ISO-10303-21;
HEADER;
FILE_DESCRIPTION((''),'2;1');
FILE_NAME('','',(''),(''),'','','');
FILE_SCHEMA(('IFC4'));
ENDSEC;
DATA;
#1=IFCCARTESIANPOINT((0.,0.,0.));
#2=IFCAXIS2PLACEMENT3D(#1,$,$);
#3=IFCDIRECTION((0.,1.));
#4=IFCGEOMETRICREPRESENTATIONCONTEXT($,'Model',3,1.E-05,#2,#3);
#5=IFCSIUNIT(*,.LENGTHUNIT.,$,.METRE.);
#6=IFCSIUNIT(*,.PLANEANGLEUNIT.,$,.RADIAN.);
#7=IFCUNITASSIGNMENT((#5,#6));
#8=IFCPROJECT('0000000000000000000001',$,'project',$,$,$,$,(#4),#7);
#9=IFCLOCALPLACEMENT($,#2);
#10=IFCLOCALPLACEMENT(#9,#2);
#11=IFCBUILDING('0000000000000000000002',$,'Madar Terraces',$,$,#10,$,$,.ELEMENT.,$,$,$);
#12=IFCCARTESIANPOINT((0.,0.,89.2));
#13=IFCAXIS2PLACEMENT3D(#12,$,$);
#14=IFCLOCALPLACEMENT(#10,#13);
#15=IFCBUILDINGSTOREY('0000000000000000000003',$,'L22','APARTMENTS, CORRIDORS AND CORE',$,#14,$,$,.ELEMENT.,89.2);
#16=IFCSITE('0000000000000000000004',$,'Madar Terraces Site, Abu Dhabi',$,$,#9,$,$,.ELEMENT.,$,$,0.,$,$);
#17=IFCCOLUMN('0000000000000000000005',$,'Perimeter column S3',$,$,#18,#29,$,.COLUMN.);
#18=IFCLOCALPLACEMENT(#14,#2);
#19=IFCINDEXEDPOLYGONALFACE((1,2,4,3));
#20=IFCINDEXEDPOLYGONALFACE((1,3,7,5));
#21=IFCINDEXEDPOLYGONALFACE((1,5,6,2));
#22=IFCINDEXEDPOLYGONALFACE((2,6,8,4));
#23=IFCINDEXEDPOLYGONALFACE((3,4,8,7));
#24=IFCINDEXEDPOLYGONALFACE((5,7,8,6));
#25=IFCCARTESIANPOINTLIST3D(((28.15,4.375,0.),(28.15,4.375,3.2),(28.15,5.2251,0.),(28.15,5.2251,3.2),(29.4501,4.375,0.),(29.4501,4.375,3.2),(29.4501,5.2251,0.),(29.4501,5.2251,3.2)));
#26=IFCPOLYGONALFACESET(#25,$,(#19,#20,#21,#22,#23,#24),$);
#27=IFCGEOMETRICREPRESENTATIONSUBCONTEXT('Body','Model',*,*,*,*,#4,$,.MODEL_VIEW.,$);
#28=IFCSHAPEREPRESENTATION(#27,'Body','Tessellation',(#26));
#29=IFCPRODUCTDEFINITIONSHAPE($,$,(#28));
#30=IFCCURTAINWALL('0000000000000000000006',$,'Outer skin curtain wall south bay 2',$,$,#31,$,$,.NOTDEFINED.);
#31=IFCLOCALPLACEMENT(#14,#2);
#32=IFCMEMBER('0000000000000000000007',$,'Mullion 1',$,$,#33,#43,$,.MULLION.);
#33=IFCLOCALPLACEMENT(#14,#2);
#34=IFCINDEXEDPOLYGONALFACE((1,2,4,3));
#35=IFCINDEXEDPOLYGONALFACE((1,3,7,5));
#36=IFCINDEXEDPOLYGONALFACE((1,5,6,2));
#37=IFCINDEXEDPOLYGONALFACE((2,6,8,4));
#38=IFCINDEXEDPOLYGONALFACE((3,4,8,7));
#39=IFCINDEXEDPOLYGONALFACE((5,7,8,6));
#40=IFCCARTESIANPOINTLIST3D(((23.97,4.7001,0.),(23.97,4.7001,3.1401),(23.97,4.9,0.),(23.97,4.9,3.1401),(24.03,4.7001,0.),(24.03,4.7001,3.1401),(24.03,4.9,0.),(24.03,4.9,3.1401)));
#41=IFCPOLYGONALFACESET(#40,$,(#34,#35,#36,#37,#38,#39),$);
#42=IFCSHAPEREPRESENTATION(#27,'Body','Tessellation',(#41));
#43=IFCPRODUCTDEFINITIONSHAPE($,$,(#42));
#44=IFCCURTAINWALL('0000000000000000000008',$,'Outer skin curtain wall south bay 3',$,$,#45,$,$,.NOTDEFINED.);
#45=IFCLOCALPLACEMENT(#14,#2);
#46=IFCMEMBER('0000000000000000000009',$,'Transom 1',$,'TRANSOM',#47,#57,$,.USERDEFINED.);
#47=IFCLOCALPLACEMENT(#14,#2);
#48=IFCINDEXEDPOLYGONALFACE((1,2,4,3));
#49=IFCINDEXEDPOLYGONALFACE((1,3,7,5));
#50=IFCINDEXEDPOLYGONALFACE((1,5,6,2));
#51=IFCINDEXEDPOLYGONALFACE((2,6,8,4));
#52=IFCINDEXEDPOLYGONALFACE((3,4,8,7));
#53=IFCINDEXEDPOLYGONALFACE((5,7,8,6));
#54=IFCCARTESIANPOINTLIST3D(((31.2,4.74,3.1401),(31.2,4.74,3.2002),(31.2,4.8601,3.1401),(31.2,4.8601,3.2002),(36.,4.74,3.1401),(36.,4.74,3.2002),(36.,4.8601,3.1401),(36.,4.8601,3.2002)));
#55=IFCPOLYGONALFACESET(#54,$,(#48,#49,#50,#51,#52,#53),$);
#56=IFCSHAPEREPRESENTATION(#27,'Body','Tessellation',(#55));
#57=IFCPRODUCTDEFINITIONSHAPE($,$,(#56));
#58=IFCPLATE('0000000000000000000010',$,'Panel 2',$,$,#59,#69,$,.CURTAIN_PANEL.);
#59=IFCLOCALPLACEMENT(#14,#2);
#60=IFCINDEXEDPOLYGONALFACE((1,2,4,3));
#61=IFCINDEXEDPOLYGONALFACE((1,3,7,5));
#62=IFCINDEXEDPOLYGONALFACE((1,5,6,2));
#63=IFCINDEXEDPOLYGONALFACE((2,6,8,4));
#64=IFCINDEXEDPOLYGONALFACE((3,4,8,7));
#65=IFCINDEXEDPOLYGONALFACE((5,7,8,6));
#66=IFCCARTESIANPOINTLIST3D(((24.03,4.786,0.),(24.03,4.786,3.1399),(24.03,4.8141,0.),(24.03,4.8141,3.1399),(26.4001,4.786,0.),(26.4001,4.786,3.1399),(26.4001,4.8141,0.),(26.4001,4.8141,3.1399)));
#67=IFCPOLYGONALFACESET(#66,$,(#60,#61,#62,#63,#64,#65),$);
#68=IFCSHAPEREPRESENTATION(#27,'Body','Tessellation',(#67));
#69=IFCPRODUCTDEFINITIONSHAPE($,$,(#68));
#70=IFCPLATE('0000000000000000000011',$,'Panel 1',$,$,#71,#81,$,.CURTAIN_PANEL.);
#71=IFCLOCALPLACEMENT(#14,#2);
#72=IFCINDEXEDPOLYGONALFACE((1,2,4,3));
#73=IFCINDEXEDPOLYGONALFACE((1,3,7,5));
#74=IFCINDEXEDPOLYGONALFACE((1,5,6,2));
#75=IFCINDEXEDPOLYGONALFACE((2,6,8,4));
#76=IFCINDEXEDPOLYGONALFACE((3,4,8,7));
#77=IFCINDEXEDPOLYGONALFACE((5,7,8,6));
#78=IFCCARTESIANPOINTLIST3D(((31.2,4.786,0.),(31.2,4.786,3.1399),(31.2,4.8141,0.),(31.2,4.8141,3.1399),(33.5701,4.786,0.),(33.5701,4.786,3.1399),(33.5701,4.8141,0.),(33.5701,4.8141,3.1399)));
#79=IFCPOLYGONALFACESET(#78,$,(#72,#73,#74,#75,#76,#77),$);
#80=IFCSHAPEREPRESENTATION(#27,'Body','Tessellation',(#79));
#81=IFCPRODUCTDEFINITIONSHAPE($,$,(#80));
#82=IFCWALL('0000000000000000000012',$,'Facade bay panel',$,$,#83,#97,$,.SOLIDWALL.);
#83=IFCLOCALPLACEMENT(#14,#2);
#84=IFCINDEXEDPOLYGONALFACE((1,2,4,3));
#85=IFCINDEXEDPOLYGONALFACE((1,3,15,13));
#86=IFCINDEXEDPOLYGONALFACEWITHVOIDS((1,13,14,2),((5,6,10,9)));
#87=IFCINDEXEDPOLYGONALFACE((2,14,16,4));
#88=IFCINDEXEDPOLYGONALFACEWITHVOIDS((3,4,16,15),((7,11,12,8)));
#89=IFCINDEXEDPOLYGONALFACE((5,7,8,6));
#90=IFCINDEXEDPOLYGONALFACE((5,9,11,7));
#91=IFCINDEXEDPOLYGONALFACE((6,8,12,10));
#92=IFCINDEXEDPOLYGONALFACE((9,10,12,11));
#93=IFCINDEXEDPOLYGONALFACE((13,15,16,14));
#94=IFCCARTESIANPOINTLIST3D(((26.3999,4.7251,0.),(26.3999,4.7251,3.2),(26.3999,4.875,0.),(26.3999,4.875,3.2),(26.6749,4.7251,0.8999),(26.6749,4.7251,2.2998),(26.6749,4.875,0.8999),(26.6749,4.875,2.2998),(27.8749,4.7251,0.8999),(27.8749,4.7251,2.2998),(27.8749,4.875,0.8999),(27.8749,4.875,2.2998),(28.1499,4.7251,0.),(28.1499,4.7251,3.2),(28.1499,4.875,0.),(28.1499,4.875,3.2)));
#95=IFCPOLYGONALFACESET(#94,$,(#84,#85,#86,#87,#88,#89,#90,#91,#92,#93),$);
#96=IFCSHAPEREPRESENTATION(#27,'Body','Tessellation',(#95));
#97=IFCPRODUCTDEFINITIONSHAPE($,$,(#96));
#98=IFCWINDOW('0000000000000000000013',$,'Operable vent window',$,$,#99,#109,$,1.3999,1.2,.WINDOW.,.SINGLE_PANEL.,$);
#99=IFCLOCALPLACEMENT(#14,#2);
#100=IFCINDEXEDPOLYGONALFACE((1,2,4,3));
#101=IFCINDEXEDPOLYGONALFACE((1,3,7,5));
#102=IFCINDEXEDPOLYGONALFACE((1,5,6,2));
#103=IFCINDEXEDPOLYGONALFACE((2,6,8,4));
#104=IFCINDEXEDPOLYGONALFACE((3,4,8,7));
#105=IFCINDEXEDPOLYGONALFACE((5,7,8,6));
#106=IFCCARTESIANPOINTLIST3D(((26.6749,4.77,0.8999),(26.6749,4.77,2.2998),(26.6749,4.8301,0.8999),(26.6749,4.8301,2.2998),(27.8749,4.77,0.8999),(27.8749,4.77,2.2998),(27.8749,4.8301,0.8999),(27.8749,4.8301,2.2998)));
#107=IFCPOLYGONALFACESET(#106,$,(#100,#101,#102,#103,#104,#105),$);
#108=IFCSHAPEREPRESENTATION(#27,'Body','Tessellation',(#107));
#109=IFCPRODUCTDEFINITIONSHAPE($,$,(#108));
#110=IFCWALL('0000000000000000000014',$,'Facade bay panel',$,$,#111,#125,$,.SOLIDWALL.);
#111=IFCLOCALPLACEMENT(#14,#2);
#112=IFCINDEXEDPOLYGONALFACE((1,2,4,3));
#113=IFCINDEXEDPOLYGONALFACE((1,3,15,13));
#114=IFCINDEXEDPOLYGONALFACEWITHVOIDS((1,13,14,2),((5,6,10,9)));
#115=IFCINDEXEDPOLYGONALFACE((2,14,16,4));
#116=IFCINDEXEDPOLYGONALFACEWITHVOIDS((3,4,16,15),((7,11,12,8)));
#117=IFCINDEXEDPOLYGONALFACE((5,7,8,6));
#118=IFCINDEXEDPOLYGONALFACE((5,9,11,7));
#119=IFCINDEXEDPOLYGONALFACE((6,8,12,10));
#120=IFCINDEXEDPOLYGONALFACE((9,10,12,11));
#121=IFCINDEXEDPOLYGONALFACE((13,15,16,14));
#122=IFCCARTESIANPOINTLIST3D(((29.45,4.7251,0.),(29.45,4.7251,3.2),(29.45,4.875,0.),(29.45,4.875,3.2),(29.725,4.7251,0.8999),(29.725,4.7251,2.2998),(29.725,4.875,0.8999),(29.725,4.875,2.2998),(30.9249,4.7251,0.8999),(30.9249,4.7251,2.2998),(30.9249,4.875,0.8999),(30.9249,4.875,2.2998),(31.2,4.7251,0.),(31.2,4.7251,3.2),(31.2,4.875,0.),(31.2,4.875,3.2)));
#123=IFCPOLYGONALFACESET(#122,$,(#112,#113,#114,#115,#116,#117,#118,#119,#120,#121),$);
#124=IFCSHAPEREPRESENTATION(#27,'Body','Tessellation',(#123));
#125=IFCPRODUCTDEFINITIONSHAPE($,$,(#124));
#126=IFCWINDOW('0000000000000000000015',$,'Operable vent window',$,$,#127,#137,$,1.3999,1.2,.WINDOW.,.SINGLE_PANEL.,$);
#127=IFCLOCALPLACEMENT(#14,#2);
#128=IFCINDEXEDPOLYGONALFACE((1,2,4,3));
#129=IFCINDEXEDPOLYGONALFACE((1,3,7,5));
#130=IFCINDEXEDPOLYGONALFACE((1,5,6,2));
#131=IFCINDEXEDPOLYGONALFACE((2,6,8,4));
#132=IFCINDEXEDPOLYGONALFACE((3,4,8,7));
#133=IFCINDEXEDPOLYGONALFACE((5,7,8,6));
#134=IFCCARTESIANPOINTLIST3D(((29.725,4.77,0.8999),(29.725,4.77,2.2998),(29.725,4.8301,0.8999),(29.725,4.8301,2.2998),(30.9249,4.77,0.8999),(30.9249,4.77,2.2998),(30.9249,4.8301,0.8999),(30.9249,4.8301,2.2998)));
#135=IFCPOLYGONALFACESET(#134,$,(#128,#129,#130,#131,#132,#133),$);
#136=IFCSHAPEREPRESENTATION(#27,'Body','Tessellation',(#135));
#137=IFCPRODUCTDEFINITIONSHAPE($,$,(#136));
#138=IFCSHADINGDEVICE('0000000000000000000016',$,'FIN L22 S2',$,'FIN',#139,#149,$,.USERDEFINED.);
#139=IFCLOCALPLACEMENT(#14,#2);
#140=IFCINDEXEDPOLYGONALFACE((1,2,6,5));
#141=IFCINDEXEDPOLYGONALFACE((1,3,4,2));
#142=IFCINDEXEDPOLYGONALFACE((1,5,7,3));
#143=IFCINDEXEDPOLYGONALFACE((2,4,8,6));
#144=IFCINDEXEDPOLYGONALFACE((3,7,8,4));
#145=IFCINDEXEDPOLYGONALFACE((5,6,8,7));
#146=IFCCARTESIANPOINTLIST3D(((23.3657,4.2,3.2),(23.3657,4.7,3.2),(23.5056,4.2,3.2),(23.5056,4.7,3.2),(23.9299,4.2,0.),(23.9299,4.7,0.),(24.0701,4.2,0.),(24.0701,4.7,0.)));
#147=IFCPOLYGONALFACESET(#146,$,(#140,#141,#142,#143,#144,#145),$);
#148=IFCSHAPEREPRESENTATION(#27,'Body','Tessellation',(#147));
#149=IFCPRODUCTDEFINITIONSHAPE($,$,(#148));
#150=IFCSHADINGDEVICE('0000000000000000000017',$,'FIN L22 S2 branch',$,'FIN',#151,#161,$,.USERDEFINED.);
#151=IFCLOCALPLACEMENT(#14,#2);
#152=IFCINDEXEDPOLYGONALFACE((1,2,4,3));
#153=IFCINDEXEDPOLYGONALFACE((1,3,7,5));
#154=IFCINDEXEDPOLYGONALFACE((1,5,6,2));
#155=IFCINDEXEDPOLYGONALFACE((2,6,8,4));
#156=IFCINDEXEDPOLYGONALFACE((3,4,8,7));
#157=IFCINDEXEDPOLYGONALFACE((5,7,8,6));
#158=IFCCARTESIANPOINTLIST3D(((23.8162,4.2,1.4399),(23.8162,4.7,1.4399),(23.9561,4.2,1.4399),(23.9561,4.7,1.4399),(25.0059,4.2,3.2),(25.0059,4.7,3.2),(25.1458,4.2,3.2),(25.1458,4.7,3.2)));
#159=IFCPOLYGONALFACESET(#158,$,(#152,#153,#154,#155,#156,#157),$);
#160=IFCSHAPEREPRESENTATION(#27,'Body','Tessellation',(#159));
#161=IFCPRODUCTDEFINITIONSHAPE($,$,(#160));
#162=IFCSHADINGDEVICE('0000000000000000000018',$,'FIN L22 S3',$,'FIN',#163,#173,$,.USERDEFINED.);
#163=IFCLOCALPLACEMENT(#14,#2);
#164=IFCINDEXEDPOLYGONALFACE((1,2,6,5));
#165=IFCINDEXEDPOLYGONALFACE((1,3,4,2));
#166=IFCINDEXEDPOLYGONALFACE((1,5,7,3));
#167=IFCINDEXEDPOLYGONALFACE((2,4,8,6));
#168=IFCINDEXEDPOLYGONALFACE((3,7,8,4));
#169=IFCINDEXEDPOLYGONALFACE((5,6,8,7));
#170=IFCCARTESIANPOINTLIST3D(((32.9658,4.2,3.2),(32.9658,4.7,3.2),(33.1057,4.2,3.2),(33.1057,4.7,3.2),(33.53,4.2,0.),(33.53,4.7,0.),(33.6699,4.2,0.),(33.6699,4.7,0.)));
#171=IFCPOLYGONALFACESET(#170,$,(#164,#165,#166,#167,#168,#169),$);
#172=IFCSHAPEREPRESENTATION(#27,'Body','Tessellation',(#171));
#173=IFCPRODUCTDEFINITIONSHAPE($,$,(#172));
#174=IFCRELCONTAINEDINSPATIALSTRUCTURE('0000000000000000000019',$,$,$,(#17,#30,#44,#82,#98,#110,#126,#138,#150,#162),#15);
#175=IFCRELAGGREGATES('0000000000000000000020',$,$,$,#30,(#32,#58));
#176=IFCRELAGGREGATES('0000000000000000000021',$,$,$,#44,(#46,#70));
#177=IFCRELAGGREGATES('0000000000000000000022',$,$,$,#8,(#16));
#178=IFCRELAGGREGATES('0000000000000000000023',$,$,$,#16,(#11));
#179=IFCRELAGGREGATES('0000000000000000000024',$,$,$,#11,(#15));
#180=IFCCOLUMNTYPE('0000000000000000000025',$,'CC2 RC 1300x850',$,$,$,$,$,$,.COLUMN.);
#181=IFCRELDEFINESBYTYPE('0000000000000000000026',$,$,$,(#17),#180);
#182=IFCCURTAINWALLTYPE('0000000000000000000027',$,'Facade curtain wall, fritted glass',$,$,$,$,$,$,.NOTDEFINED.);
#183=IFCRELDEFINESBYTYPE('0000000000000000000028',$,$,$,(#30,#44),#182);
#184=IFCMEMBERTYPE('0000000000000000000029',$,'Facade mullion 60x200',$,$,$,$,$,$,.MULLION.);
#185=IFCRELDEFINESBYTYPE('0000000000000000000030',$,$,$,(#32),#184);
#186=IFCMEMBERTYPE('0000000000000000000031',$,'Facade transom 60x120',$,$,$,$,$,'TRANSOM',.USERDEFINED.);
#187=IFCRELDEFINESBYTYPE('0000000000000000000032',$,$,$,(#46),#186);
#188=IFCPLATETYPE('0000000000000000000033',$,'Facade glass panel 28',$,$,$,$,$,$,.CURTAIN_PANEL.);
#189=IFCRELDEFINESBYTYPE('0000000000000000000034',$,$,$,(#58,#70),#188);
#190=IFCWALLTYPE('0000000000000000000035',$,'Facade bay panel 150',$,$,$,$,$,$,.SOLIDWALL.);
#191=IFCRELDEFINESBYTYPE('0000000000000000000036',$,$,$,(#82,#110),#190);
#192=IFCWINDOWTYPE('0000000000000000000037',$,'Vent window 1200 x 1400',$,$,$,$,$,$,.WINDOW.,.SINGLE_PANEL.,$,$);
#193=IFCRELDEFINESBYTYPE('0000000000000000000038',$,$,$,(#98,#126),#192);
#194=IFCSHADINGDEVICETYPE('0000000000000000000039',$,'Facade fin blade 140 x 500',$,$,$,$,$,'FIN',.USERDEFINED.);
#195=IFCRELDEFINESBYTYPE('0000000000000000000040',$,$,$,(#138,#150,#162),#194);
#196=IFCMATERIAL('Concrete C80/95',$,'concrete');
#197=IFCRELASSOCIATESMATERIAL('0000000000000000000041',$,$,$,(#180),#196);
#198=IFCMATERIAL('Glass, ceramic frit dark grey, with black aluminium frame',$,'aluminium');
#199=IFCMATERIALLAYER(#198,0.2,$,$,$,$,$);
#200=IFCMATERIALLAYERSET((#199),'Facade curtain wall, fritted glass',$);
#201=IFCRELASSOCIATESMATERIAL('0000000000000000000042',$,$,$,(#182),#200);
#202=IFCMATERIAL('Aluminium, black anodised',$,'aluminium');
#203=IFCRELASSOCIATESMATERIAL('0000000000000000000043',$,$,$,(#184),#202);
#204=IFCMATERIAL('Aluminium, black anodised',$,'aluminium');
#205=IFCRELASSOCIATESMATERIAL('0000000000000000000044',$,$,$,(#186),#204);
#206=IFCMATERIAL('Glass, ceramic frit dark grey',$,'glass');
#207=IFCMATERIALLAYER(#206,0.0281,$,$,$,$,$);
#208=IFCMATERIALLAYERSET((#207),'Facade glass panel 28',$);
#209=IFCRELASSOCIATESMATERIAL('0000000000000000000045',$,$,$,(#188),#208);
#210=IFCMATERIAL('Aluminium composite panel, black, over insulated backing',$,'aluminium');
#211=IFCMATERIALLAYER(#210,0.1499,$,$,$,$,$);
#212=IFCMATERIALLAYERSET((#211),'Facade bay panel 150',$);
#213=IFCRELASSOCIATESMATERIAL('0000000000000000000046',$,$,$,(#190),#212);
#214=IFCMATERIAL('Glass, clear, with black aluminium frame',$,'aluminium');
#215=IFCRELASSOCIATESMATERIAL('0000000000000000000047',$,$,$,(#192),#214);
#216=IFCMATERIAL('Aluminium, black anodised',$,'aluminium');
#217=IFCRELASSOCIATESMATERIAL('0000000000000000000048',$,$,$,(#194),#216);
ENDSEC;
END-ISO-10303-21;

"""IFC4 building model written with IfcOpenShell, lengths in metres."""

from ifc_helpers import new_model, si_unit, direction, frame, frame_2d, origin, origin_2d, place, context, subcontext, project, spatial, polyline, rectangle, outline, extrude, material, layer, layer_set, material_profile, profile_set, type_object, element, fill, aggregate, save


model = new_model("IFC4")

# Units and contexts
model_context = context("Model", 3, precision=1e-05, world=origin(), true_north=direction((0.0, 1.0)))
body_context = subcontext(model_context, "Body", "Model", "MODEL_VIEW")
ifc_project = project(units=[si_unit("LENGTHUNIT", "METRE"), si_unit("PLANEANGLEUNIT", "RADIAN")], contexts=[model_context])

# Site, building, storey
site_placement = place(None, origin())
site = spatial("IfcSite", under=ifc_project, at=site_placement, Name="Madar Terraces Site, Abu Dhabi", CompositionType="ELEMENT", RefElevation=0.0)
building_placement = place(site_placement, origin())
building = spatial("IfcBuilding", under=site, at=building_placement, Name="Madar Terraces", CompositionType="ELEMENT")
storey_placement = place(building_placement, frame((0.0, 0.0, 89.2)))
storey = spatial("IfcBuildingStorey", under=building, at=storey_placement, Name="L22", Description="APARTMENTS, CORRIDORS AND CORE", CompositionType="ELEMENT", Elevation=89.2)

# Column
ifc_material_1 = material(Name="Concrete C80/95", Category="concrete")
ifc_material_profile_1 = material_profile(ifc_material_1, rectangle(XDim=1.3, YDim=0.8501, at=origin_2d()), Name="CC2 RC 1300x850")
ifc_profile_set_1 = profile_set([ifc_material_profile_1], Name="Concrete C80/95")
column_type = type_object("IfcColumnType", Name="CC2 RC 1300x850", PredefinedType="COLUMN", material=ifc_profile_set_1)
column_placement = place(storey_placement, frame((28.8, 4.8, 0.0), z_axis=(0.0, 0.0, 1.0), x_axis=(1.0, 0.0, 0.0)))
element("IfcColumn", 1, at=column_placement, inside=storey, type_object=column_type, Name="Perimeter column S3", PredefinedType="COLUMN", context=body_context, shape_type="SweptSolid", body=[
    extrude(rectangle(XDim=1.3, YDim=0.8501, at=origin_2d()), origin(), (0.0, 0.0, 1.0), 3.2),
])

# Curtain walls, members
ifc_material_2 = material(Name="Glass, ceramic frit dark grey, with black aluminium frame", Category="aluminium")
ifc_layer_1 = layer(ifc_material_2, 0.2)
ifc_layer_set_1 = layer_set([ifc_layer_1], Name="Facade curtain wall, fritted glass")
curtain_wall_type = type_object("IfcCurtainWallType", Name="Facade curtain wall, fritted glass", PredefinedType="NOTDEFINED", material=ifc_layer_set_1)
curtain_wall_1_placement = place(storey_placement, origin())
curtain_wall_1 = element("IfcCurtainWall", 2, at=curtain_wall_1_placement, inside=storey, type_object=curtain_wall_type, Name="Outer skin curtain wall south bay 2", PredefinedType="NOTDEFINED")
ifc_material_3 = material(Name="Aluminium, black anodised", Category="aluminium")
ifc_material_profile_2 = material_profile(ifc_material_3, rectangle(XDim=0.2, YDim=0.0601, at=origin_2d()), Name="Facade mullion 60x200")
ifc_profile_set_2 = profile_set([ifc_material_profile_2], Name="Aluminium, black anodised")
member_type_1 = type_object("IfcMemberType", Name="Facade mullion 60x200", PredefinedType="MULLION", material=ifc_profile_set_2)
member_1_placement = place(storey_placement, frame((24.0, 4.8, 0.0), z_axis=(0.0, 0.0, 1.0), x_axis=(0.0, 1.0, 0.0)))
member_1 = element("IfcMember", 3, at=member_1_placement, type_object=member_type_1, Name="Mullion 1", PredefinedType="MULLION", context=body_context, shape_type="SweptSolid", body=[
    extrude(rectangle(XDim=0.2, YDim=0.0601, at=origin_2d()), origin(), (0.0, 0.0, 1.0), 3.1401),
])
curtain_wall_2_placement = place(storey_placement, origin())
curtain_wall_2 = element("IfcCurtainWall", 4, at=curtain_wall_2_placement, inside=storey, type_object=curtain_wall_type, Name="Outer skin curtain wall south bay 3", PredefinedType="NOTDEFINED")
ifc_material_4 = material(Name="Aluminium, black anodised", Category="aluminium")
ifc_material_profile_3 = material_profile(ifc_material_4, rectangle(XDim=0.1201, YDim=0.0601, at=origin_2d()), Name="Facade transom 60x120")
ifc_profile_set_3 = profile_set([ifc_material_profile_3], Name="Aluminium, black anodised")
member_type_2 = type_object("IfcMemberType", Name="Facade transom 60x120", ElementType="TRANSOM", PredefinedType="USERDEFINED", material=ifc_profile_set_3)
member_2_placement = place(storey_placement, frame((31.2, 4.8, 3.1702), z_axis=(1.0, 0.0, 0.0), x_axis=(0.0, 1.0, 0.0)))
member_2 = element("IfcMember", 5, at=member_2_placement, type_object=member_type_2, Name="Transom 1", ObjectType="TRANSOM", PredefinedType="USERDEFINED", context=body_context, shape_type="SweptSolid", body=[
    extrude(rectangle(XDim=0.1201, YDim=0.0601, at=origin_2d()), origin(), (0.0, 0.0, 1.0), 4.8),
])

# Plates
ifc_material_5 = material(Name="Glass, ceramic frit dark grey", Category="glass")
ifc_layer_2 = layer(ifc_material_5, 0.0281)
ifc_layer_set_2 = layer_set([ifc_layer_2], Name="Facade glass panel 28")
plate_type = type_object("IfcPlateType", Name="Facade glass panel 28", PredefinedType="CURTAIN_PANEL", material=ifc_layer_set_2)
plate_1_placement = place(storey_placement, frame((25.2151, 4.8, 0.0), z_axis=(0.0, 0.0, 1.0), x_axis=(1.0, 0.0, 0.0)))
plate_1 = element("IfcPlate", 6, at=plate_1_placement, type_object=plate_type, Name="Panel 2", PredefinedType="CURTAIN_PANEL", context=body_context, shape_type="SweptSolid", body=[
    extrude(rectangle(XDim=2.3701, YDim=0.0281, at=origin_2d()), origin(), (0.0, 0.0, 1.0), 3.1399),
])
aggregate(curtain_wall_1, [member_1, plate_1])
plate_2_placement = place(storey_placement, frame((32.385, 4.8, 0.0), z_axis=(0.0, 0.0, 1.0), x_axis=(1.0, 0.0, 0.0)))
plate_2 = element("IfcPlate", 7, at=plate_2_placement, type_object=plate_type, Name="Panel 1", PredefinedType="CURTAIN_PANEL", context=body_context, shape_type="SweptSolid", body=[
    extrude(rectangle(XDim=2.3701, YDim=0.0281, at=origin_2d()), origin(), (0.0, 0.0, 1.0), 3.1399),
])
aggregate(curtain_wall_2, [member_2, plate_2])

# Walls, openings, windows
ifc_material_6 = material(Name="Aluminium composite panel, black, over insulated backing", Category="aluminium")
ifc_layer_3 = layer(ifc_material_6, 0.1499)
ifc_layer_set_3 = layer_set([ifc_layer_3], Name="Facade bay panel 150")
wall_type = type_object("IfcWallType", Name="Facade bay panel 150", PredefinedType="SOLIDWALL", material=ifc_layer_set_3)
wall_1_placement = place(storey_placement, frame((26.3999, 4.8, 0.0), z_axis=(0.0, 0.0, 1.0), x_axis=(1.0, 0.0, 0.0)))
wall_1 = element("IfcWall", 8, at=wall_1_placement, inside=storey, type_object=wall_type, Name="Facade bay panel", PredefinedType="SOLIDWALL", context=body_context, shape_type="SweptSolid", body=[
    extrude(rectangle(XDim=1.75, YDim=0.1499, at=frame_2d((0.875, 0.0))), origin(), (0.0, 0.0, 1.0), 3.2),
])
opening_1_placement = place(wall_1_placement, frame((0.2749, 0.0, 0.8999)))
opening_1 = element("IfcOpeningElement", 9, at=opening_1_placement, cuts=wall_1, PredefinedType="OPENING", context=body_context, shape_type="SweptSolid", body=[
    extrude(rectangle(XDim=1.2, YDim=1.3999, at=frame_2d((0.6001, 0.7))), frame((0.0, 0.085, 0.0), z_axis=(0.0, -1.0, 0.0), x_axis=(1.0, 0.0, 0.0)), (0.0, 0.0, 1.0), 0.1699),
])
ifc_material_7 = material(Name="Glass, clear, with black aluminium frame", Category="aluminium")
window_type = type_object("IfcWindowType", Name="Vent window 1200 x 1400", PartitioningType="SINGLE_PANEL", PredefinedType="WINDOW", material=ifc_material_7)
window_1_placement = place(opening_1_placement, origin())
window_1 = element("IfcWindow", 10, at=window_1_placement, inside=storey, type_object=window_type, Name="Operable vent window", OverallHeight=1.3999, OverallWidth=1.2, PartitioningType="SINGLE_PANEL", PredefinedType="WINDOW", context=body_context, shape_type="SweptSolid", body=[
    extrude(rectangle(XDim=1.2, YDim=1.3999, at=frame_2d((0.6001, 0.7))), frame((0.0, 0.03, 0.0), z_axis=(0.0, -1.0, 0.0), x_axis=(1.0, 0.0, 0.0)), (0.0, 0.0, 1.0), 0.0601),
])
fill(opening_1, window_1)
wall_2_placement = place(storey_placement, frame((29.45, 4.8, 0.0), z_axis=(0.0, 0.0, 1.0), x_axis=(1.0, 0.0, 0.0)))
wall_2 = element("IfcWall", 11, at=wall_2_placement, inside=storey, type_object=wall_type, Name="Facade bay panel", PredefinedType="SOLIDWALL", context=body_context, shape_type="SweptSolid", body=[
    extrude(rectangle(XDim=1.75, YDim=0.1499, at=frame_2d((0.875, 0.0))), origin(), (0.0, 0.0, 1.0), 3.2),
])
opening_2_placement = place(wall_2_placement, frame((0.2749, 0.0, 0.8999)))
opening_2 = element("IfcOpeningElement", 12, at=opening_2_placement, cuts=wall_2, PredefinedType="OPENING", context=body_context, shape_type="SweptSolid", body=[
    extrude(rectangle(XDim=1.2, YDim=1.3999, at=frame_2d((0.6001, 0.7))), frame((0.0, 0.085, 0.0), z_axis=(0.0, -1.0, 0.0), x_axis=(1.0, 0.0, 0.0)), (0.0, 0.0, 1.0), 0.1699),
])
window_2_placement = place(opening_2_placement, origin())
window_2 = element("IfcWindow", 13, at=window_2_placement, inside=storey, type_object=window_type, Name="Operable vent window", OverallHeight=1.3999, OverallWidth=1.2, PartitioningType="SINGLE_PANEL", PredefinedType="WINDOW", context=body_context, shape_type="SweptSolid", body=[
    extrude(rectangle(XDim=1.2, YDim=1.3999, at=frame_2d((0.6001, 0.7))), frame((0.0, 0.03, 0.0), z_axis=(0.0, -1.0, 0.0), x_axis=(1.0, 0.0, 0.0)), (0.0, 0.0, 1.0), 0.0601),
])
fill(opening_2, window_2)

# Shading devices
ifc_material_8 = material(Name="Aluminium, black anodised", Category="aluminium")
shading_device_type = type_object("IfcShadingDeviceType", Name="Facade fin blade 140 x 500", ElementType="FIN", PredefinedType="USERDEFINED", material=ifc_material_8)
shading_device_1_placement = place(storey_placement, frame((23.9299, 4.45, 0.0), z_axis=(0.0, 0.0, 1.0), x_axis=(1.0, 0.0, 0.0)))
element("IfcShadingDevice", 14, at=shading_device_1_placement, inside=storey, type_object=shading_device_type, Name="FIN L22 S2", ObjectType="FIN", PredefinedType="USERDEFINED", context=body_context, shape_type="SweptSolid", body=[
    extrude(outline(polyline([(0.0, 0.0), (0.1401, 0.0), (-0.4243, 3.2), (-0.5642, 3.2), (0.0, 0.0)])), frame((0.0, 0.25, 0.0), z_axis=(0.0, -1.0, 0.0), x_axis=(1.0, 0.0, 0.0)), (0.0, 0.0, 1.0), 0.5),
])
shading_device_2_placement = place(storey_placement, frame((23.8162, 4.45, 1.4399), z_axis=(0.0, 0.0, 1.0), x_axis=(1.0, 0.0, 0.0)))
element("IfcShadingDevice", 15, at=shading_device_2_placement, inside=storey, type_object=shading_device_type, Name="FIN L22 S2 branch", ObjectType="FIN", PredefinedType="USERDEFINED", context=body_context, shape_type="SweptSolid", body=[
    extrude(outline(polyline([(0.0, 0.0), (0.1399, 0.0), (1.3296, 1.76), (1.1897, 1.76), (0.0, 0.0)])), frame((0.0, 0.25, 0.0), z_axis=(0.0, -1.0, 0.0), x_axis=(1.0, 0.0, 0.0)), (0.0, 0.0, 1.0), 0.5),
])
shading_device_3_placement = place(storey_placement, frame((33.53, 4.45, 0.0), z_axis=(0.0, 0.0, 1.0), x_axis=(1.0, 0.0, 0.0)))
element("IfcShadingDevice", 16, at=shading_device_3_placement, inside=storey, type_object=shading_device_type, Name="FIN L22 S3", ObjectType="FIN", PredefinedType="USERDEFINED", context=body_context, shape_type="SweptSolid", body=[
    extrude(outline(polyline([(0.0, 0.0), (0.1399, 0.0), (-0.4243, 3.2), (-0.5642, 3.2), (0.0, 0.0)])), frame((0.0, 0.25, 0.0), z_axis=(0.0, -1.0, 0.0), x_axis=(1.0, 0.0, 0.0)), (0.0, 0.0, 1.0), 0.5),
])

save(model, "model.ifc")
